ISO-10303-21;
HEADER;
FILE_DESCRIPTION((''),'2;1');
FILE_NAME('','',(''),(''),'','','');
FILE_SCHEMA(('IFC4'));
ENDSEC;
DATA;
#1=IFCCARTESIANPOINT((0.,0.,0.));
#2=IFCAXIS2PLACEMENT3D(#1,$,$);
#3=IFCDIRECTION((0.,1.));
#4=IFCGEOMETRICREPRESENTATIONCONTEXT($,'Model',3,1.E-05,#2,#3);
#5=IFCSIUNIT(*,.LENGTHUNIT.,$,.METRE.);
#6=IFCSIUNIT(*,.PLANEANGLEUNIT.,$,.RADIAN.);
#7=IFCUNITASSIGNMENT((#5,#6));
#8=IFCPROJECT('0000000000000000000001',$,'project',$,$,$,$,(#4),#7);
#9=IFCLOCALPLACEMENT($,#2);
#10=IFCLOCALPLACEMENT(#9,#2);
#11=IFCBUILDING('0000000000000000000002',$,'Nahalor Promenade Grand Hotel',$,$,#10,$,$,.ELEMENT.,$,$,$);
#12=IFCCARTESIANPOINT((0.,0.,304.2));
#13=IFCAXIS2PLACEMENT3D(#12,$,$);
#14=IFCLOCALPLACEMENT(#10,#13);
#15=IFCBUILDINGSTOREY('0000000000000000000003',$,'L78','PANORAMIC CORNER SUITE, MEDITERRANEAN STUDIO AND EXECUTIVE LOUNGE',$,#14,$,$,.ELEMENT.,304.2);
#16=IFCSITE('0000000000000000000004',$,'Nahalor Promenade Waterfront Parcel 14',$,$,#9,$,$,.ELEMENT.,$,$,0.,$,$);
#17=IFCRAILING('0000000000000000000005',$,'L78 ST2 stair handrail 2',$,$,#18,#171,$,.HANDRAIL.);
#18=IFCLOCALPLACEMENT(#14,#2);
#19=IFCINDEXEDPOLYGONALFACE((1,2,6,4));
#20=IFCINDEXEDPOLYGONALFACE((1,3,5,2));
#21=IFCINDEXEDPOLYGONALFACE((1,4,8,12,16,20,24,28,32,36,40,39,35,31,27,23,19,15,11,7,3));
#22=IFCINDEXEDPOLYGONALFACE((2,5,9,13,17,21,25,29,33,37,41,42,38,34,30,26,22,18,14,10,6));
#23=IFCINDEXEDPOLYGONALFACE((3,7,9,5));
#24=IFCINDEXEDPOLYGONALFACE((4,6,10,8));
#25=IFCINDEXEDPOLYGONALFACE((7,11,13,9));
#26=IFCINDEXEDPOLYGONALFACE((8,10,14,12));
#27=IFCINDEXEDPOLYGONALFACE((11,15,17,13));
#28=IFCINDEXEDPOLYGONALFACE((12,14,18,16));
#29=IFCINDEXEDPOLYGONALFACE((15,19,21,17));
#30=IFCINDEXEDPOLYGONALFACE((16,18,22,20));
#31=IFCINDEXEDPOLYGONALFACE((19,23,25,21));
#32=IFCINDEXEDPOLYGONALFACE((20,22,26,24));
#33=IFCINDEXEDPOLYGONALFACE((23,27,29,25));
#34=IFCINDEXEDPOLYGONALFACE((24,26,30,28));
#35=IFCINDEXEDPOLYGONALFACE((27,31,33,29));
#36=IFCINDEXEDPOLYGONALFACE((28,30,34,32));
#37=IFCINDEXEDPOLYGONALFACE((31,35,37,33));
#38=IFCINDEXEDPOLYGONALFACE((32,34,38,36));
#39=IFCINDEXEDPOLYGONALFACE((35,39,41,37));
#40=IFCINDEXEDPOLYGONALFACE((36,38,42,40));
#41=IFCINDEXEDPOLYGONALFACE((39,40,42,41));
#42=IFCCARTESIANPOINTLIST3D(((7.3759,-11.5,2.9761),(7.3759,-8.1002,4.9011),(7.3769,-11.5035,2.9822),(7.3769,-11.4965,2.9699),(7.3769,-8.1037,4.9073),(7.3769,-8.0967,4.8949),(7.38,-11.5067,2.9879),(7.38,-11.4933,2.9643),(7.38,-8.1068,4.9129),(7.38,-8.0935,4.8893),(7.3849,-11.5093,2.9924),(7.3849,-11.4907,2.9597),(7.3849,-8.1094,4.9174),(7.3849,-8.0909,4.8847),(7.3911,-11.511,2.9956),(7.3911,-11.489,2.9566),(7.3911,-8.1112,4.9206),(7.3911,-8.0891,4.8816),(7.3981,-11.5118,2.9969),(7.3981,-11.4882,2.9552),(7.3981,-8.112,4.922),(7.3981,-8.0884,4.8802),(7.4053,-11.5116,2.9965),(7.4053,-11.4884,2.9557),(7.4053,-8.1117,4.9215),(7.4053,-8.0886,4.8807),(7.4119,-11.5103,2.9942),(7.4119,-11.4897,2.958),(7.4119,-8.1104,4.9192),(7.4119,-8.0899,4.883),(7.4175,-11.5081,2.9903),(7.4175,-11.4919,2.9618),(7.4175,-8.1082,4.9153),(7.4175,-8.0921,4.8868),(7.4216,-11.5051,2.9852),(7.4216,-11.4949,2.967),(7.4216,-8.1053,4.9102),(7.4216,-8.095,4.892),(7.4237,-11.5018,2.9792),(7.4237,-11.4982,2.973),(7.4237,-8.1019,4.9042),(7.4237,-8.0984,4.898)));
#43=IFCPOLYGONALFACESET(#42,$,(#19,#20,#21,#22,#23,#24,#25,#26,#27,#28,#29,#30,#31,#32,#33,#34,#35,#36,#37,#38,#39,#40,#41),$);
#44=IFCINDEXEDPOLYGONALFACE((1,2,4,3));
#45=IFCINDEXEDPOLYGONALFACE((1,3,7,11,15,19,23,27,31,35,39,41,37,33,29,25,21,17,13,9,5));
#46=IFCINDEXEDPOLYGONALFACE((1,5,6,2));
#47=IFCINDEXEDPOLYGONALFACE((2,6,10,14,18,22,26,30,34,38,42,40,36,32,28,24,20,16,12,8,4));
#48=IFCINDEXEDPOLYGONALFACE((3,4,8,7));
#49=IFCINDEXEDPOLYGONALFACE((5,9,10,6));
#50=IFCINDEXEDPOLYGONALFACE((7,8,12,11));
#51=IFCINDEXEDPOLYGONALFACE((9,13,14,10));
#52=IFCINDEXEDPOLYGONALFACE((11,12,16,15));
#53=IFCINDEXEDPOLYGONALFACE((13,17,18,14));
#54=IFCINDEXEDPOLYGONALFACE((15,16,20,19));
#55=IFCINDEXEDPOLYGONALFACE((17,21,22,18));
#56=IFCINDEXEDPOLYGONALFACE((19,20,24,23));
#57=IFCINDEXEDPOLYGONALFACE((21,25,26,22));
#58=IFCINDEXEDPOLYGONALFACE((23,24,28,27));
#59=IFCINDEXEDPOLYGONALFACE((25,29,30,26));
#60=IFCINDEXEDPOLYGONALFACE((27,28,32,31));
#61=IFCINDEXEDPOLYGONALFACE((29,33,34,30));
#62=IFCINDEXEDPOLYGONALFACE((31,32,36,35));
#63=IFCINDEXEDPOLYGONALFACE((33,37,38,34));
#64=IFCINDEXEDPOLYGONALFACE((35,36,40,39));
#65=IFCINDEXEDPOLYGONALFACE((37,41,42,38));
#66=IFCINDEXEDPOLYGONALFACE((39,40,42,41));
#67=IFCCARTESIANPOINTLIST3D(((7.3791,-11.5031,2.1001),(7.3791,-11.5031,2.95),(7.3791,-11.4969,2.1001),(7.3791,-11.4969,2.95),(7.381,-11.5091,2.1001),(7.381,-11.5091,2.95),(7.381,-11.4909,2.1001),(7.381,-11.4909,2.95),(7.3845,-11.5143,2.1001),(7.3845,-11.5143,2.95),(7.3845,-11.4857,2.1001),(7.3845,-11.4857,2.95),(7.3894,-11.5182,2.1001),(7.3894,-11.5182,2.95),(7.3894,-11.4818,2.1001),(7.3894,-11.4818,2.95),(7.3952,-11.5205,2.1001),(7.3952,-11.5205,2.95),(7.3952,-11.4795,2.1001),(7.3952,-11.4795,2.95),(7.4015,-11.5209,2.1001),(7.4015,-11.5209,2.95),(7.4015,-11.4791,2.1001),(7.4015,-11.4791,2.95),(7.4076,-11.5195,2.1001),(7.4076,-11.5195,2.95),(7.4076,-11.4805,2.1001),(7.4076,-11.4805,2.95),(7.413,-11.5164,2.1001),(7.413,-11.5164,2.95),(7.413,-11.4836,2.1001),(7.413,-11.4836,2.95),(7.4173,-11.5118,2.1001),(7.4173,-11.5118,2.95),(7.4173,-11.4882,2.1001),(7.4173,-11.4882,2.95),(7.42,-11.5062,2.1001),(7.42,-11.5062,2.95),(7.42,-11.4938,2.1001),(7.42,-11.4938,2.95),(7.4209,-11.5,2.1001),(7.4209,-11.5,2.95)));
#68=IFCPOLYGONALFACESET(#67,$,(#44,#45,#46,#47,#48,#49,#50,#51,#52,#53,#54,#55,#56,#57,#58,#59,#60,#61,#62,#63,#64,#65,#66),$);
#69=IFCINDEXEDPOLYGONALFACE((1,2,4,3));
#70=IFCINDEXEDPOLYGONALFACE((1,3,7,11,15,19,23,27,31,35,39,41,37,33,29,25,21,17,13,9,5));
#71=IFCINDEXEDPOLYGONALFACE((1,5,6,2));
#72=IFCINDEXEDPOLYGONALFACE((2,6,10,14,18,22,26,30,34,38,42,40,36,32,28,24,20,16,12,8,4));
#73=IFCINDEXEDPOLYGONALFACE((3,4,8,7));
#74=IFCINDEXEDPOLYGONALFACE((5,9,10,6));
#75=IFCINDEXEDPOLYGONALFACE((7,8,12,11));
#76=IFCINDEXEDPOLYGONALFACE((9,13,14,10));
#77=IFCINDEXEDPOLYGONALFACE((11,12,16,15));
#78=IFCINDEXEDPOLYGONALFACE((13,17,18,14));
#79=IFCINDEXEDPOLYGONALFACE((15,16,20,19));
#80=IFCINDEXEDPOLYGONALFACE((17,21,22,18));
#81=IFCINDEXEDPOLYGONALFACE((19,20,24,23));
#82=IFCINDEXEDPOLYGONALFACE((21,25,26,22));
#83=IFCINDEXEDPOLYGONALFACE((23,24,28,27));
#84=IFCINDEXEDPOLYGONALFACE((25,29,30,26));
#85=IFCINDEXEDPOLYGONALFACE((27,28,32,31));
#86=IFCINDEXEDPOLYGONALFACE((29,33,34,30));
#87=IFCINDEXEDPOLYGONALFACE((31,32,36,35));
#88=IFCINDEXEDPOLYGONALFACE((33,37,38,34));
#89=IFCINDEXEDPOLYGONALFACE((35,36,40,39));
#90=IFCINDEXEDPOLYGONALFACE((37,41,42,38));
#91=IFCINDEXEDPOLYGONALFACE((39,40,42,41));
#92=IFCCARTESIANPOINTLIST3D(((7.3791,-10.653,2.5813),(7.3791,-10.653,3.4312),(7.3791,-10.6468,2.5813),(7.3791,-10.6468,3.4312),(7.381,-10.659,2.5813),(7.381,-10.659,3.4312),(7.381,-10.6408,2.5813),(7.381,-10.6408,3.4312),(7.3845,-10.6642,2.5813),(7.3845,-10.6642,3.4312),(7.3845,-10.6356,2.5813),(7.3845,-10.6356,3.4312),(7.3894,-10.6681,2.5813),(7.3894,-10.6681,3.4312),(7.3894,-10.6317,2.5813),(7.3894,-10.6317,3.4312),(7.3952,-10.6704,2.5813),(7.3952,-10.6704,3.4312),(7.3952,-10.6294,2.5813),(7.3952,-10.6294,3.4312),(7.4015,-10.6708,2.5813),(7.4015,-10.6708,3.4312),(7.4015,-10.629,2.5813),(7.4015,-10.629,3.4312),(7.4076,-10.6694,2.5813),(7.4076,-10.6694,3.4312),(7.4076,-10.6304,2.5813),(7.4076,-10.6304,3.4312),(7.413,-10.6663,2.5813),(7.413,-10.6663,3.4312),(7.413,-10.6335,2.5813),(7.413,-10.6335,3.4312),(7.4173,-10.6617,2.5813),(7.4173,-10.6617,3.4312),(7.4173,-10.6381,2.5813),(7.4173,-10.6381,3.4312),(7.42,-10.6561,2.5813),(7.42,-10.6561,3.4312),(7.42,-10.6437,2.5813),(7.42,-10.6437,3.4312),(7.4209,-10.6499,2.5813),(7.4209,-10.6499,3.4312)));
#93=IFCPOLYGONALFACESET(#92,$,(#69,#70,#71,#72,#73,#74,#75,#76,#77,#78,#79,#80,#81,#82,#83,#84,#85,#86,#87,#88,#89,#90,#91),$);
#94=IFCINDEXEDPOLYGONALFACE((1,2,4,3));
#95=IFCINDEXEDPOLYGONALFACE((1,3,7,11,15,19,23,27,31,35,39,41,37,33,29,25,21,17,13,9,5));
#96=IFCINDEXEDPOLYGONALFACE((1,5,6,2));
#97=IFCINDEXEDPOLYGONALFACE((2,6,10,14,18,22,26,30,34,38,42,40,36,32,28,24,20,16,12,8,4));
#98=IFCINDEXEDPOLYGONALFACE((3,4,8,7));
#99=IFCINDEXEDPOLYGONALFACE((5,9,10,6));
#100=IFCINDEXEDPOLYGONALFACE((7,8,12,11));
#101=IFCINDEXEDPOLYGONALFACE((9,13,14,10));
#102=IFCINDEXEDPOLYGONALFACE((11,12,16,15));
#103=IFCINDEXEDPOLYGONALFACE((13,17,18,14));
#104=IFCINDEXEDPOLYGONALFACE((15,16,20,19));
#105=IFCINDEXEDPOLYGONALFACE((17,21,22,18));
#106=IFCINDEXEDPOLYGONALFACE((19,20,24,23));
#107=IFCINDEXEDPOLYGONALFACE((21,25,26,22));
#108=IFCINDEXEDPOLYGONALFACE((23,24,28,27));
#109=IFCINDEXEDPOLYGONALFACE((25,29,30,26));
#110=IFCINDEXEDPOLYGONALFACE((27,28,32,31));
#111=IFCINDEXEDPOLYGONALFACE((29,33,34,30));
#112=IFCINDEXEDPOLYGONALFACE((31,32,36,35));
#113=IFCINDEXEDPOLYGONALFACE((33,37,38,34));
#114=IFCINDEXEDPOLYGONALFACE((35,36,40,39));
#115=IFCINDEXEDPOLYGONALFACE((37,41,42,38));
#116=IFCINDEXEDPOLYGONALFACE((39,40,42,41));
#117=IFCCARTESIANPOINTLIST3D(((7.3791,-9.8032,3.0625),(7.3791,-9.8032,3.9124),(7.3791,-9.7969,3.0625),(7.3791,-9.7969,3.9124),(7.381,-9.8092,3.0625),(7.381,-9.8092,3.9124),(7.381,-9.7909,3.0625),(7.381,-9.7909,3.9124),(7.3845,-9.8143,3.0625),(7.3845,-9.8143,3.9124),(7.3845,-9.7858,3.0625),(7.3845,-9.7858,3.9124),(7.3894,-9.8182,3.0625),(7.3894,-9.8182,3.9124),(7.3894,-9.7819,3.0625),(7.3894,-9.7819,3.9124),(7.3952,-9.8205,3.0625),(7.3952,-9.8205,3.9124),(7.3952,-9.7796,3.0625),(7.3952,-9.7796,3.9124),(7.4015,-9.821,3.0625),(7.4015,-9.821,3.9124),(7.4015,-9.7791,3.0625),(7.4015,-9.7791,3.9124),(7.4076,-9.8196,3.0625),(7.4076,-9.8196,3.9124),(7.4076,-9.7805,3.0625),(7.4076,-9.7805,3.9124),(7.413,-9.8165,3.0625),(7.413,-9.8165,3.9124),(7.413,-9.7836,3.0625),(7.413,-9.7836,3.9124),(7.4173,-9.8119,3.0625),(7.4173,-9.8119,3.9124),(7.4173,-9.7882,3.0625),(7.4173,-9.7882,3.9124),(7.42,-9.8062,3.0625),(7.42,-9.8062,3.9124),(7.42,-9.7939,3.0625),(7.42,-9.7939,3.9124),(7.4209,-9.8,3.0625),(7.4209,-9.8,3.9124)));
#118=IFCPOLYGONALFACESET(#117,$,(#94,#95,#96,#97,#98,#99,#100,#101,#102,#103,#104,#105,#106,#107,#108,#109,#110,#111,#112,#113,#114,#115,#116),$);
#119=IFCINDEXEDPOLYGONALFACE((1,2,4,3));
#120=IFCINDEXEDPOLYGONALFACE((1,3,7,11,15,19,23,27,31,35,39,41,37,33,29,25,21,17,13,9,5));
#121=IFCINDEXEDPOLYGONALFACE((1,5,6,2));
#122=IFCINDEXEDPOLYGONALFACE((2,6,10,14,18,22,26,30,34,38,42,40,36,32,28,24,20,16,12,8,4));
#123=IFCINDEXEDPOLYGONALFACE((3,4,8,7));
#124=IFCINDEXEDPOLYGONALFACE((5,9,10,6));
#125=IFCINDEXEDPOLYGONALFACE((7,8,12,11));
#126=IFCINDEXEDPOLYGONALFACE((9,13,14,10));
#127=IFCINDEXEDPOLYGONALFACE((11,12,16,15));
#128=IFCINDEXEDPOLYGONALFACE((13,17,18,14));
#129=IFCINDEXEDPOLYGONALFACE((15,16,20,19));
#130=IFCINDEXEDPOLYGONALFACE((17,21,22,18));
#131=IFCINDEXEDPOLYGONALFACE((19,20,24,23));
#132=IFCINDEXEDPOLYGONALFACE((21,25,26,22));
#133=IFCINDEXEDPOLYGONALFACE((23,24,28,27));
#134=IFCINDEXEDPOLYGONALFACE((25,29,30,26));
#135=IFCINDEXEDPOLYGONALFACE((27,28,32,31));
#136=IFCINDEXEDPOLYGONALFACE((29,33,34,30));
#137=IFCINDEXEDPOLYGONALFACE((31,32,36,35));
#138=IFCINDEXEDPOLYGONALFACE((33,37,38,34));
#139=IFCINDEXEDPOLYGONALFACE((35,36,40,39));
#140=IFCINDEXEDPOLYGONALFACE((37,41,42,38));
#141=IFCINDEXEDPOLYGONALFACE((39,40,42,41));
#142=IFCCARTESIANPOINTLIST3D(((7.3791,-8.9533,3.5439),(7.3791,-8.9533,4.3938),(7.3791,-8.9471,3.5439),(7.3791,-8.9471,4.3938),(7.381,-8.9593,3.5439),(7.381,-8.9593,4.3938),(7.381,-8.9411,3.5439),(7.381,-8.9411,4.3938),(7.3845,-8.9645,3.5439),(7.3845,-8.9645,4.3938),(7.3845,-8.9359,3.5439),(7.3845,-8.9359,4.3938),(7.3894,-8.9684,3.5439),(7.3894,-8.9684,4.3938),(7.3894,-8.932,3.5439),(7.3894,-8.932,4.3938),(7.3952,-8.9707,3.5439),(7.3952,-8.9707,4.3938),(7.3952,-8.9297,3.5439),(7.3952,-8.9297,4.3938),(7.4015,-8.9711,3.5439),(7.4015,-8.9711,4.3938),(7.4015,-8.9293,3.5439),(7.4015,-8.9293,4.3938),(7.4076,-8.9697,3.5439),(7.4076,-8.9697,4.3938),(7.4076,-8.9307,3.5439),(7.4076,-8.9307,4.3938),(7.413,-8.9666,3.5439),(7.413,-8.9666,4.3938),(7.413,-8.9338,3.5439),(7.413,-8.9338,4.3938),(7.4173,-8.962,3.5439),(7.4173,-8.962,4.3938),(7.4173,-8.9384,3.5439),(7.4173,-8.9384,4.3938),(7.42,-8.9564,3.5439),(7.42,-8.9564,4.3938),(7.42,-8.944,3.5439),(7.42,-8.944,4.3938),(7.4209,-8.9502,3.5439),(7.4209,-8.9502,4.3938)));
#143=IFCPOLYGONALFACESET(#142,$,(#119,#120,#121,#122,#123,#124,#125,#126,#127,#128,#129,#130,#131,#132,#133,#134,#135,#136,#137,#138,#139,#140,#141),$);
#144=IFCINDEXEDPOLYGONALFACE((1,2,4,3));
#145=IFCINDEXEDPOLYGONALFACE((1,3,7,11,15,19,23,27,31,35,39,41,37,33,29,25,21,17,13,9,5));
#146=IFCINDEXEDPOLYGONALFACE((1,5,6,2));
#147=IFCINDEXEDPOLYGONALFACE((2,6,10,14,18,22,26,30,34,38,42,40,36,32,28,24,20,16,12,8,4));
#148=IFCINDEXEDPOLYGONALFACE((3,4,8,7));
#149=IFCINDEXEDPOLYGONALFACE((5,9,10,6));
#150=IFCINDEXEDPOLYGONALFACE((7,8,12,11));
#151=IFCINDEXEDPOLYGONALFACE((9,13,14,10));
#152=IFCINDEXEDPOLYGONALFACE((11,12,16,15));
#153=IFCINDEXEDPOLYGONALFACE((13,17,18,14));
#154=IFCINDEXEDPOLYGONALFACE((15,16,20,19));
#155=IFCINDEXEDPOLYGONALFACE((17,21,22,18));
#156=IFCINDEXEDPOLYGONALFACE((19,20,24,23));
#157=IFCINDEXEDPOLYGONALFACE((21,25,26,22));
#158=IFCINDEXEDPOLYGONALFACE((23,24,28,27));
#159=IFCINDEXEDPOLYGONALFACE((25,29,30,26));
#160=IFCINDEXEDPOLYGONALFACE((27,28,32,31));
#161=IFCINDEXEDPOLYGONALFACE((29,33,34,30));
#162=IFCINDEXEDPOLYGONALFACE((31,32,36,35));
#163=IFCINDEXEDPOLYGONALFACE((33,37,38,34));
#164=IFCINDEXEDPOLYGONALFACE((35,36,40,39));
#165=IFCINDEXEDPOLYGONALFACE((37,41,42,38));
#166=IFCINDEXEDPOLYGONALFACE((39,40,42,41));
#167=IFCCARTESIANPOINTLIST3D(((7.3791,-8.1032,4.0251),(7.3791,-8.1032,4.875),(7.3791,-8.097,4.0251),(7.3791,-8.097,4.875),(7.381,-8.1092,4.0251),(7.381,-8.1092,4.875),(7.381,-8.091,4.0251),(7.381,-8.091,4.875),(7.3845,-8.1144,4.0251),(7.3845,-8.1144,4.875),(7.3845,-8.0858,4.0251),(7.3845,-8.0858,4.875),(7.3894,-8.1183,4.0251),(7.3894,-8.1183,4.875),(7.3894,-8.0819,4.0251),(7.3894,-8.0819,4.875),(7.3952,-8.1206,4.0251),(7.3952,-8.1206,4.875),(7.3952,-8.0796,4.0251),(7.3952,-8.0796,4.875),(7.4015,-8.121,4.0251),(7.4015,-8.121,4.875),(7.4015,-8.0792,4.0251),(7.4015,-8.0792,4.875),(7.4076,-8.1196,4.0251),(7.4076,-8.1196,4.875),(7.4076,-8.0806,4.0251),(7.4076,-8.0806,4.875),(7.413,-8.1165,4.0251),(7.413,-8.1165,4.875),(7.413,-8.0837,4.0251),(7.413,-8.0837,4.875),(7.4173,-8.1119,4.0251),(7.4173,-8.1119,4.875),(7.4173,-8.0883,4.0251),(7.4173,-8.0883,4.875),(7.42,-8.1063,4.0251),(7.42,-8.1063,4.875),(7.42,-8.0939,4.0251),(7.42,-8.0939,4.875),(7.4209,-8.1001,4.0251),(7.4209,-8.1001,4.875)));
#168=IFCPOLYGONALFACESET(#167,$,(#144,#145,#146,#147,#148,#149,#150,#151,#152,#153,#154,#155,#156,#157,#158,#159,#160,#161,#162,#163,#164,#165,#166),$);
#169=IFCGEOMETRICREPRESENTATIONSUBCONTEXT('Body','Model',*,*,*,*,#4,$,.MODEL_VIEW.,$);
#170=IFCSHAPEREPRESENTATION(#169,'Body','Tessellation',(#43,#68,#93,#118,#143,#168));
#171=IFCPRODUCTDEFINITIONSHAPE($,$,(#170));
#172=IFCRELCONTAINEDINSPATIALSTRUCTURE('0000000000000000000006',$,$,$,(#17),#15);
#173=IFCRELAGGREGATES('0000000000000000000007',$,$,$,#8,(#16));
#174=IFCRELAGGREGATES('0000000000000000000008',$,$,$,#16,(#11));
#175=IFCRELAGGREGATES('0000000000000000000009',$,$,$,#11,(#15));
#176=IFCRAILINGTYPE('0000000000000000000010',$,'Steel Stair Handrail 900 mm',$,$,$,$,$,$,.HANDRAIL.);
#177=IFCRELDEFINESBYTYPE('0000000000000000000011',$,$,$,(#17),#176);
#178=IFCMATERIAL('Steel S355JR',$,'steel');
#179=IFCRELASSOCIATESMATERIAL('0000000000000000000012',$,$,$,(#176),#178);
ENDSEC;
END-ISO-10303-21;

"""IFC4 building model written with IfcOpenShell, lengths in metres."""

from ifc_helpers import new_model, si_unit, direction, frame, origin, origin_2d, place, context, subcontext, project, spatial, circle, extrude, material, type_object, element, save


model = new_model("IFC4")

# Units and contexts
model_context = context("Model", 3, precision=1e-05, world=origin(), true_north=direction((0.0, 1.0)))
body_context = subcontext(model_context, "Body", "Model", "MODEL_VIEW")
ifc_project = project(units=[si_unit("LENGTHUNIT", "METRE"), si_unit("PLANEANGLEUNIT", "RADIAN")], contexts=[model_context])

# Site, building, storey
site_placement = place(None, origin())
site = spatial("IfcSite", under=ifc_project, at=site_placement, Name="Nahalor Promenade Waterfront Parcel 14", CompositionType="ELEMENT", RefElevation=0.0)
building_placement = place(site_placement, origin())
building = spatial("IfcBuilding", under=site, at=building_placement, Name="Nahalor Promenade Grand Hotel", CompositionType="ELEMENT")
storey_placement = place(building_placement, frame((0.0, 0.0, 304.2)))
storey = spatial("IfcBuildingStorey", under=building, at=storey_placement, Name="L78", Description="PANORAMIC CORNER SUITE, MEDITERRANEAN STUDIO AND EXECUTIVE LOUNGE", CompositionType="ELEMENT", Elevation=304.2)

# Shared definitions
ifc_material_1 = material(Name="Steel S355JR", Category="steel")

# Railing
railing_type_1 = type_object("IfcRailingType", Name="Steel Stair Handrail 900 mm", PredefinedType="HANDRAIL", material=ifc_material_1)
railing_1_placement = place(storey_placement, frame((7.3999, -11.5, 2.1001)))
element("IfcRailing", 1, at=railing_1_placement, inside=storey, type_object=railing_type_1, Name="L78 ST2 stair handrail 2", PredefinedType="HANDRAIL", context=body_context, shape_type="SweptSolid", body=[
    extrude(circle(Radius=0.024, at=origin_2d()), frame((0.0, 0.0, 0.876), z_axis=(0.0, 0.870194, 0.49271), x_axis=(-1.0, 0.0, 0.0)), (0.0, 0.0, 1.0), 3.907),
    extrude(circle(Radius=0.021, at=origin_2d()), origin(), (0.0, 0.0, 1.0), 0.8499),
    extrude(circle(Radius=0.021, at=origin_2d()), frame((0.0, 0.8501, 0.4812)), (0.0, 0.0, 1.0), 0.8499),
    extrude(circle(Radius=0.021, at=origin_2d()), frame((0.0, 1.7, 0.9624)), (0.0, 0.0, 1.0), 0.8499),
    extrude(circle(Radius=0.021, at=origin_2d()), frame((0.0, 2.5498, 1.4438)), (0.0, 0.0, 1.0), 0.8499),
    extrude(circle(Radius=0.021, at=origin_2d()), frame((0.0, 3.3999, 1.925)), (0.0, 0.0, 1.0), 0.8499),
])

save(model, "model.ifc")
